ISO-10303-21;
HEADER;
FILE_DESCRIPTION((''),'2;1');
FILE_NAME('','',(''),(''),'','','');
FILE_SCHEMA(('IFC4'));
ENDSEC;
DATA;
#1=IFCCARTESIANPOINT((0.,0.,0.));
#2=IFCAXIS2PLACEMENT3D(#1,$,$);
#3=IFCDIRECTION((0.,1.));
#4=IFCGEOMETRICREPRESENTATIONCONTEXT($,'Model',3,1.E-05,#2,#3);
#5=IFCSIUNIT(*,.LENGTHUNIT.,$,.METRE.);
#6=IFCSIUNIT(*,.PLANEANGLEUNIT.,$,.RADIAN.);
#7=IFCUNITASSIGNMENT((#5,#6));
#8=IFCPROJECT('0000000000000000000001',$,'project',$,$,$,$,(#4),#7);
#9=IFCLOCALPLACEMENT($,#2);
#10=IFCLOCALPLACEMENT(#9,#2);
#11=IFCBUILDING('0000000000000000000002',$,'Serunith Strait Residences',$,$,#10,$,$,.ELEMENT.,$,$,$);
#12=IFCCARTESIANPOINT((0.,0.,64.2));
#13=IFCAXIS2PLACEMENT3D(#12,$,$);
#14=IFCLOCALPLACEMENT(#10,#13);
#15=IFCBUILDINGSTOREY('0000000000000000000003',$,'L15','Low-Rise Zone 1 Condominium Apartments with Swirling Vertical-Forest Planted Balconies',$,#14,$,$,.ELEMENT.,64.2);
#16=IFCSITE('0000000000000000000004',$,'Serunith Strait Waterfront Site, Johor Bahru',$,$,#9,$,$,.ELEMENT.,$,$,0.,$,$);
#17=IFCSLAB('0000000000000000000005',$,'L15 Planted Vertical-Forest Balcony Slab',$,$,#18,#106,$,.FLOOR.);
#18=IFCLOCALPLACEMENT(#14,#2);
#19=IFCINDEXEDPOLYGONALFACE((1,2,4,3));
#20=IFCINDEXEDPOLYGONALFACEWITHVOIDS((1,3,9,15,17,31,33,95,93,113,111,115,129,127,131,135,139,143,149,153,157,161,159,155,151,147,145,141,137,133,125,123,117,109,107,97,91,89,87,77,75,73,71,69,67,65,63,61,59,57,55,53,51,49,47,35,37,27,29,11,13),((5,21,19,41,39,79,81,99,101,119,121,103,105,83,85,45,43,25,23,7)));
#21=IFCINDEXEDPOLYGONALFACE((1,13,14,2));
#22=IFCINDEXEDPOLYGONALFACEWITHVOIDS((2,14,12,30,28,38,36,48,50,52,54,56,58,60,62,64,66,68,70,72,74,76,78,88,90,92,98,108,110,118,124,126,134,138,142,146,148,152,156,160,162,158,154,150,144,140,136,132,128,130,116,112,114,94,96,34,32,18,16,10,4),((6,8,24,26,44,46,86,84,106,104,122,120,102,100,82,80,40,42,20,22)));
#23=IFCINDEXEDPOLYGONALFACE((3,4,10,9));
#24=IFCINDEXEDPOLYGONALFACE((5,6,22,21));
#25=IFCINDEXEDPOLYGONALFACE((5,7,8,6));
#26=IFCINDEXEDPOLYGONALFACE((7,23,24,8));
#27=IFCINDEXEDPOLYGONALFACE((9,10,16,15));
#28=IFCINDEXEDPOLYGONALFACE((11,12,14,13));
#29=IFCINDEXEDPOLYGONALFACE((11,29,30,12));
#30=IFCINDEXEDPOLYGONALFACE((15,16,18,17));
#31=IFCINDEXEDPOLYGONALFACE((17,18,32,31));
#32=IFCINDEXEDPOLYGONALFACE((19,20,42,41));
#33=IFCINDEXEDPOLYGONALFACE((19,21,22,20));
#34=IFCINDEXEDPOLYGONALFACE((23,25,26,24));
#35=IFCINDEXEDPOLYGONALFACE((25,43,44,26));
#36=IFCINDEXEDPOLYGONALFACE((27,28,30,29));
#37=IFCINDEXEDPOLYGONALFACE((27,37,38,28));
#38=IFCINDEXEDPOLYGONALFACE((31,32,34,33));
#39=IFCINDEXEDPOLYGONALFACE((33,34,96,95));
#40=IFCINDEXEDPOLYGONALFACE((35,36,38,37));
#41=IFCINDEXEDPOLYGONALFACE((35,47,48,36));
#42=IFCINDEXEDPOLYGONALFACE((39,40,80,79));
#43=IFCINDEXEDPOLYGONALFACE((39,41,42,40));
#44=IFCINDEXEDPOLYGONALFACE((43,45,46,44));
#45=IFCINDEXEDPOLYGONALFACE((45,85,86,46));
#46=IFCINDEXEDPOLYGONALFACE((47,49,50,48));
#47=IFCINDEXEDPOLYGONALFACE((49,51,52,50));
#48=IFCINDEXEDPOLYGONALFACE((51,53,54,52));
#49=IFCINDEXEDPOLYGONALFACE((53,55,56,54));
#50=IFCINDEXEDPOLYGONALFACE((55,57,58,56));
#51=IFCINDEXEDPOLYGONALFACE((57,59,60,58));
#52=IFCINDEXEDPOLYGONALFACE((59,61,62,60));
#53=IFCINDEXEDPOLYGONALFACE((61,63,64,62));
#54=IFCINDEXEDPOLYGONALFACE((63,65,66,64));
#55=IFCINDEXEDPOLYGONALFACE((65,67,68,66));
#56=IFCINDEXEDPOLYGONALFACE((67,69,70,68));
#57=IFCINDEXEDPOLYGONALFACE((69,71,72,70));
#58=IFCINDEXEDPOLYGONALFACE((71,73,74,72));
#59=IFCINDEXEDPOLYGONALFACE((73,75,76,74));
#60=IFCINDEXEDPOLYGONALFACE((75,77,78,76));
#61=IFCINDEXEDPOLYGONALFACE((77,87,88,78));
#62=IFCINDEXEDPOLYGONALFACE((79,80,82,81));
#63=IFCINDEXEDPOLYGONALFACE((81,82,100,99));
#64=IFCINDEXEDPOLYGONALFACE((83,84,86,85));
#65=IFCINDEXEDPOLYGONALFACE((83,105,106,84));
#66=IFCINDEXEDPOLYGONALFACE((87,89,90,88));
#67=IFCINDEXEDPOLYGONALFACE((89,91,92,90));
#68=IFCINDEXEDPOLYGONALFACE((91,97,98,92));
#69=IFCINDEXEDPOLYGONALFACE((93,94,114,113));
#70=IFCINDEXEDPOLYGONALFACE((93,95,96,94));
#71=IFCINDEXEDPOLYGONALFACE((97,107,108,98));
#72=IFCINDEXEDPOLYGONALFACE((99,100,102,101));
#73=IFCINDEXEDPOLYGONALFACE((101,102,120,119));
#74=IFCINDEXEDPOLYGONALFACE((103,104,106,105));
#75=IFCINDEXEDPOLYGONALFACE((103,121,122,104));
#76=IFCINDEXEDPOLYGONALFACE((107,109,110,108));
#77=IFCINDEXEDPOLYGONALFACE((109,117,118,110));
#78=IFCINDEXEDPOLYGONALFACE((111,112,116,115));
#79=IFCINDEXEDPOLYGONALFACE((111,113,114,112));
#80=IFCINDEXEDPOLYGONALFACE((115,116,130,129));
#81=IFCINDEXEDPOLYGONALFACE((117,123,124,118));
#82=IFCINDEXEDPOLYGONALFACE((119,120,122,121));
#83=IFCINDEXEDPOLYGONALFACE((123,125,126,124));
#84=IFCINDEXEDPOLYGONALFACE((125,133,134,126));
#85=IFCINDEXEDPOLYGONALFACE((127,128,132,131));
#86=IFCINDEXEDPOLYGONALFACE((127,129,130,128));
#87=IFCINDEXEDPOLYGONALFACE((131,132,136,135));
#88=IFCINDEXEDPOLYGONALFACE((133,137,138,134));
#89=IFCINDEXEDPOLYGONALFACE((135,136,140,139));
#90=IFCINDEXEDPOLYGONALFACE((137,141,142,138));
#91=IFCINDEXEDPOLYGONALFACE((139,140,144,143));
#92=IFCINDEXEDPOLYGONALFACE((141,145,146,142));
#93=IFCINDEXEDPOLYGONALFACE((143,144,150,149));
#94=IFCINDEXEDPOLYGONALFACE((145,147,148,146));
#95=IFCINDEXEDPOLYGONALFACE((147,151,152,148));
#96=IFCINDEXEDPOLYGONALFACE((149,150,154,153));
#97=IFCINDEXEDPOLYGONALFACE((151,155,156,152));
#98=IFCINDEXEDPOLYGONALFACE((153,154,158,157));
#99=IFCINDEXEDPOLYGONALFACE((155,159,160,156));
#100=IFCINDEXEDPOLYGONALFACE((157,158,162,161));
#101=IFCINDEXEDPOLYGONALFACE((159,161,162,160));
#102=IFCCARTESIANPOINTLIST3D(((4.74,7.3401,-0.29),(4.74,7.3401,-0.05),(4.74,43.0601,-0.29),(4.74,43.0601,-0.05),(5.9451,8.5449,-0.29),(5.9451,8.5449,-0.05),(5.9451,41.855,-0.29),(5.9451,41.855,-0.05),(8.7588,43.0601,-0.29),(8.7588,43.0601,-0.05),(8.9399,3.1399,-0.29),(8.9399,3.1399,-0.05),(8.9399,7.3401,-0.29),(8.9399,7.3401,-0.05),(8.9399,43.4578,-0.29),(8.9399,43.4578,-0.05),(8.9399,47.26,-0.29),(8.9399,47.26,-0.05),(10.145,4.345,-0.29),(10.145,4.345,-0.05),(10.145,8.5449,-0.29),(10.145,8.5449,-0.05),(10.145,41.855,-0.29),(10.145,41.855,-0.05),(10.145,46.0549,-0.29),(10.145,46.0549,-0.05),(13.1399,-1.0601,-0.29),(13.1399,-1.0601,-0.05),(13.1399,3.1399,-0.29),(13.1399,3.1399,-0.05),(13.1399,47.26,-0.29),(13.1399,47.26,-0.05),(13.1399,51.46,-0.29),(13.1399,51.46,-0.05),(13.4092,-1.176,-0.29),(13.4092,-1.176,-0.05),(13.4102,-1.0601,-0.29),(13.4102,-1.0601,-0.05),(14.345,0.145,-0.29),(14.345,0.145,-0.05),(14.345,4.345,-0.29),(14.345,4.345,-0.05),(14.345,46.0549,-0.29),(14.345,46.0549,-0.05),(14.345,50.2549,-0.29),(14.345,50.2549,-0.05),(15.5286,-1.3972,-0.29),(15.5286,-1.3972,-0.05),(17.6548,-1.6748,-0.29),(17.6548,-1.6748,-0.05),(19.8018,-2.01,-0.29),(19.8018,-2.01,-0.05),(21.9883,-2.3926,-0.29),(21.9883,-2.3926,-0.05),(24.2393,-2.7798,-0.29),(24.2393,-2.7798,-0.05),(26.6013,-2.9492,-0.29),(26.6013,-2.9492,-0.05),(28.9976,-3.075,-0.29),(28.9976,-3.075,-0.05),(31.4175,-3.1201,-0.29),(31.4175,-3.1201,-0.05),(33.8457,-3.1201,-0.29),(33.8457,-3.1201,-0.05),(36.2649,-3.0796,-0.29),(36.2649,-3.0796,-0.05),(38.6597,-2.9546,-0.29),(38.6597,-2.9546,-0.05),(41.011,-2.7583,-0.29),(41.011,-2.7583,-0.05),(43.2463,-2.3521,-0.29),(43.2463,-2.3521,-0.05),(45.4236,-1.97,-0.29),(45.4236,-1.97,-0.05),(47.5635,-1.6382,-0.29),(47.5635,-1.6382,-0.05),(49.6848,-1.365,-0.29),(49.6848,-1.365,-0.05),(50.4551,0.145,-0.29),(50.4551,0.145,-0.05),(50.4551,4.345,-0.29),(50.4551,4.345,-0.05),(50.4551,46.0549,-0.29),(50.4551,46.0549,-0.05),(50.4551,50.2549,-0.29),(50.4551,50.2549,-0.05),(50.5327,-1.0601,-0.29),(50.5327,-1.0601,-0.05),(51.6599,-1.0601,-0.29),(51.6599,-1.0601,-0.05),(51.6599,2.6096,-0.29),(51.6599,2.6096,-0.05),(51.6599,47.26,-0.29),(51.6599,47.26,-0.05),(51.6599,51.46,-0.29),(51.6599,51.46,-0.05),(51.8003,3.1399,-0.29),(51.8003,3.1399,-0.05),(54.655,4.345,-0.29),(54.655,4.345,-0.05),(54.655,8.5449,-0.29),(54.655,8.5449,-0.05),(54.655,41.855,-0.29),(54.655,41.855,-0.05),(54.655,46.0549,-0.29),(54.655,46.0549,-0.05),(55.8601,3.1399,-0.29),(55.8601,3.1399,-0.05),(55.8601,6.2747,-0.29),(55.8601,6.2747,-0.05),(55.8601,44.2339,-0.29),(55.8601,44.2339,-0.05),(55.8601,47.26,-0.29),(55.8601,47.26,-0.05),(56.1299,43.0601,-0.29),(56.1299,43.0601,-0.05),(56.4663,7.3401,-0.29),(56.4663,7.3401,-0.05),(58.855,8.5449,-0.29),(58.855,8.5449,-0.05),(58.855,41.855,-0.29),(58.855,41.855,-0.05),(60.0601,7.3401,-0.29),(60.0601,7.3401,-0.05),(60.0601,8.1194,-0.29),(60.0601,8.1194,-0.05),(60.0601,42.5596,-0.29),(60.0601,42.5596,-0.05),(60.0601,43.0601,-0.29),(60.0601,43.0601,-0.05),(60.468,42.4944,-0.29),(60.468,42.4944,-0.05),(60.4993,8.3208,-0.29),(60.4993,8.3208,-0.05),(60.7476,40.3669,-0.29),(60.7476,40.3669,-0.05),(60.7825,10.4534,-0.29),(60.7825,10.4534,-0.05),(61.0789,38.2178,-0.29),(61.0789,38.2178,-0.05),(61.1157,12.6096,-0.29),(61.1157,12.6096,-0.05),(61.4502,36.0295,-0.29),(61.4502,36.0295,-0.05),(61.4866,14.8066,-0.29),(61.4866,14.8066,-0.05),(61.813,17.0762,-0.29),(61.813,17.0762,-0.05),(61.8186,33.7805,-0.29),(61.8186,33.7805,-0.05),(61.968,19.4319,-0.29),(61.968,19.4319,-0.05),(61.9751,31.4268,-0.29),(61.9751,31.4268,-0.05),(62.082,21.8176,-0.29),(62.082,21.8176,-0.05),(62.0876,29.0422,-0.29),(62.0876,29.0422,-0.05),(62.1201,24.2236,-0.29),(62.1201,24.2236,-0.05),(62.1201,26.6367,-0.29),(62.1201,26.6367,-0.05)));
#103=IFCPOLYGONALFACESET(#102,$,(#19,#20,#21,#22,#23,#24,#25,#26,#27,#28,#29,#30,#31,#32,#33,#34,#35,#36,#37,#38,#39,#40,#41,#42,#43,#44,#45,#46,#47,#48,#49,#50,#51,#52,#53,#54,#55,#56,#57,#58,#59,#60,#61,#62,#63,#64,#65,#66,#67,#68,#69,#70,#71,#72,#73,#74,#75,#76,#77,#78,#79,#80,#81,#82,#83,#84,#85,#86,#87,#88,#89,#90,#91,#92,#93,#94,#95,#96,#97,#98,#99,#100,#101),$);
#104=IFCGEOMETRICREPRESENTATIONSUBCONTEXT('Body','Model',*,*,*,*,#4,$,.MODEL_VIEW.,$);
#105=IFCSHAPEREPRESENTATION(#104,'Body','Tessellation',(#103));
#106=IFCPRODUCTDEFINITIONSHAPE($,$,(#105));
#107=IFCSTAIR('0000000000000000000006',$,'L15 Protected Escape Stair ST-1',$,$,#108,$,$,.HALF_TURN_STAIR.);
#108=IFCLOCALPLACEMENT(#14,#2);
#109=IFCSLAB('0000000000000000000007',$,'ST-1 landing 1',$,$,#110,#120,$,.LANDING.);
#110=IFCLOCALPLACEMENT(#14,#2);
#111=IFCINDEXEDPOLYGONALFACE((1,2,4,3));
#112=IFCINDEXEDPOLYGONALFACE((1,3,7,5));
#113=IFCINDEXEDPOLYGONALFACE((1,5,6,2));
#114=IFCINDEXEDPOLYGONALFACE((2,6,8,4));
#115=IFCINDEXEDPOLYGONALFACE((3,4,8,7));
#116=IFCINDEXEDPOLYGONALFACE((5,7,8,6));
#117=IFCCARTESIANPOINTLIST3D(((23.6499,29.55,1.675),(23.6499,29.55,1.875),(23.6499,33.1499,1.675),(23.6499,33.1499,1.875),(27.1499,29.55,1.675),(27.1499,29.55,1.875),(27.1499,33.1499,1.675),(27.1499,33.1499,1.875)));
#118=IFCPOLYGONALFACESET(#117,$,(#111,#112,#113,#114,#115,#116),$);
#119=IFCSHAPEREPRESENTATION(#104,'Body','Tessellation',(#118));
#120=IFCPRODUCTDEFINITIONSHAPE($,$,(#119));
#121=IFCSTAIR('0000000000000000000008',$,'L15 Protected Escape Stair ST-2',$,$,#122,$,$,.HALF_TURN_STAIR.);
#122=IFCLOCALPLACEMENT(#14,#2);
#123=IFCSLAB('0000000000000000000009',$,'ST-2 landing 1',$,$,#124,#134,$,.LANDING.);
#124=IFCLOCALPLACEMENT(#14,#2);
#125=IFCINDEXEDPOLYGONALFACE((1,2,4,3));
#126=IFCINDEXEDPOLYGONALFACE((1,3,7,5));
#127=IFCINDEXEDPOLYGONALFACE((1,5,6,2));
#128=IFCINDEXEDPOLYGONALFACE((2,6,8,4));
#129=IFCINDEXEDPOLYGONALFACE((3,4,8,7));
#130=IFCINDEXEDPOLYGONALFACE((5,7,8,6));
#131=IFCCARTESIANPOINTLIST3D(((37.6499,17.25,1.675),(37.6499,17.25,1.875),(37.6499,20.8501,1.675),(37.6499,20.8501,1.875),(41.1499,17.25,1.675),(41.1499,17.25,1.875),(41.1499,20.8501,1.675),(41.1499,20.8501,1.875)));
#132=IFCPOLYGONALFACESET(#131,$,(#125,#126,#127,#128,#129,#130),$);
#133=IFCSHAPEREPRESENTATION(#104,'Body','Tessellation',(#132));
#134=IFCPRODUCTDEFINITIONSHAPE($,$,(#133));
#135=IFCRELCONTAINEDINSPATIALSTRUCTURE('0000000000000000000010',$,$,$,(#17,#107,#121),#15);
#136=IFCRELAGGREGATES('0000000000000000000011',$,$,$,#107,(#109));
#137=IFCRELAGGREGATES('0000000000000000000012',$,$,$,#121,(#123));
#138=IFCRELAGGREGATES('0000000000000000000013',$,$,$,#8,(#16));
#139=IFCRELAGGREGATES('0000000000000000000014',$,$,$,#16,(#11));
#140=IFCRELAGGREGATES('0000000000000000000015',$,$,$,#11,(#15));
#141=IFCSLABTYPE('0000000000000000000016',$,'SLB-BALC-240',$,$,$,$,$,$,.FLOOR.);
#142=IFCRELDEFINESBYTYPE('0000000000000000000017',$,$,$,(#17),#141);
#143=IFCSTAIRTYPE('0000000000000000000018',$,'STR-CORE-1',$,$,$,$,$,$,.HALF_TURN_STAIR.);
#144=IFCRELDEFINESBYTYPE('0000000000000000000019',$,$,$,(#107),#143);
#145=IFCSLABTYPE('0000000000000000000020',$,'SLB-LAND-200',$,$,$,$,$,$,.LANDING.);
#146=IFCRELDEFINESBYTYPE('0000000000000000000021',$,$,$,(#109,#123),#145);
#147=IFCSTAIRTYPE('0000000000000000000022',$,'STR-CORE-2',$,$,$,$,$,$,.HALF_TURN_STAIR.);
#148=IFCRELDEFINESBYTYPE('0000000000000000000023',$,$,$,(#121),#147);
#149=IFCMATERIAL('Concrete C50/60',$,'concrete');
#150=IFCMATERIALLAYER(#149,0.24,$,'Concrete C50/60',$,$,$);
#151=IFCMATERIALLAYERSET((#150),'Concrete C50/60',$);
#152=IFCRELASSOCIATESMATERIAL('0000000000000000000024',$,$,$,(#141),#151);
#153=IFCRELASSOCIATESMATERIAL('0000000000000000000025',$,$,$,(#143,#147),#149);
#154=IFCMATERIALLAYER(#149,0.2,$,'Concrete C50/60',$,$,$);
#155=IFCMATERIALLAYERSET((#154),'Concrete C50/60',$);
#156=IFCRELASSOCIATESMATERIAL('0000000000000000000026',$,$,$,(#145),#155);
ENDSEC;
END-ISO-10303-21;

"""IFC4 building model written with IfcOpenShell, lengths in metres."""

from ifc_helpers import new_model, si_unit, direction, frame, origin, place, context, subcontext, project, spatial, polyline, outline, extrude, material, layer, layer_set, type_object, element, aggregate, save


model = new_model("IFC4")

# Units and contexts
model_context = context("Model", 3, precision=1e-05, world=origin(), true_north=direction((0.0, 1.0)))
body_context = subcontext(model_context, "Body", "Model", "MODEL_VIEW")
ifc_project = project(units=[si_unit("LENGTHUNIT", "METRE"), si_unit("PLANEANGLEUNIT", "RADIAN")], contexts=[model_context])

# Site, building, storey
site_placement = place(None, origin())
site = spatial("IfcSite", under=ifc_project, at=site_placement, Name="Serunith Strait Waterfront Site, Johor Bahru", CompositionType="ELEMENT", RefElevation=0.0)
building_placement = place(site_placement, origin())
building = spatial("IfcBuilding", under=site, at=building_placement, Name="Serunith Strait Residences", CompositionType="ELEMENT")
storey_placement = place(building_placement, frame((0.0, 0.0, 64.2)))
storey = spatial("IfcBuildingStorey", under=building, at=storey_placement, Name="L15", Description="Low-Rise Zone 1 Condominium Apartments with Swirling Vertical-Forest Planted Balconies", CompositionType="ELEMENT", Elevation=64.2)

# Slab
ifc_material_1 = material(Name="Concrete C50/60", Category="concrete")
ifc_layer_1 = layer(ifc_material_1, 0.24, Name="Concrete C50/60")
ifc_layer_set_1 = layer_set([ifc_layer_1], Name="Concrete C50/60")
slab_type_1 = type_object("IfcSlabType", Name="SLB-BALC-240", PredefinedType="FLOOR", material=ifc_layer_set_1)
slab_1_placement = place(storey_placement, frame((0.0, 0.0, -0.29)))
element("IfcSlab", 1, at=slab_1_placement, inside=storey, type_object=slab_type_1, Name="L15 Planted Vertical-Forest Balcony Slab", PredefinedType="FLOOR", context=body_context, shape_type="SweptSolid", body=[
    extrude(outline(polyline([(13.1399, 3.1399), (8.9399, 3.1399), (8.9399, 7.3401), (4.74, 7.3401), (4.74, 43.0601), (8.7588, 43.0601), (8.9399, 43.4578), (8.9399, 47.26), (13.1399, 47.26), (13.1399, 51.46), (51.6599, 51.46), (51.6599, 47.26), (55.8601, 47.26), (55.8601, 44.2339), (56.1299, 43.0601), (60.0601, 43.0601), (60.0601, 42.5596), (60.468, 42.4944), (60.7476, 40.3669), (61.0789, 38.2178), (61.4502, 36.0295), (61.8186, 33.7805), (61.9751, 31.4268), (62.0876, 29.0422), (62.1201, 26.6367), (62.1201, 24.2236), (62.082, 21.8176), (61.968, 19.4319), (61.813, 17.0762), (61.4866, 14.8066), (61.1157, 12.6096), (60.7825, 10.4534), (60.4993, 8.3208), (60.0601, 8.1194), (60.0601, 7.3401), (56.4663, 7.3401), (55.8601, 6.2747), (55.8601, 3.1399), (51.8003, 3.1399), (51.6599, 2.6096), (51.6599, -1.0601), (50.5327, -1.0601), (49.6848, -1.365), (47.5635, -1.6382), (45.4236, -1.97), (43.2463, -2.3521), (41.011, -2.7583), (38.6597, -2.9546), (36.2649, -3.0796), (33.8457, -3.1201), (31.4175, -3.1201), (28.9976, -3.075), (26.6013, -2.9492), (24.2393, -2.7798), (21.9883, -2.3926), (19.8018, -2.01), (17.6548, -1.6748), (15.5286, -1.3972), (13.4092, -1.176), (13.4102, -1.0601), (13.1399, -1.0601), (13.1399, 3.1399)]), holes=[polyline([(50.4551, 0.145), (50.4551, 4.345), (54.655, 4.345), (54.655, 8.5449), (58.855, 8.5449), (58.855, 41.855), (54.655, 41.855), (54.655, 46.0549), (50.4551, 46.0549), (50.4551, 50.2549), (14.345, 50.2549), (14.345, 46.0549), (10.145, 46.0549), (10.145, 41.855), (5.9451, 41.855), (5.9451, 8.5449), (10.145, 8.5449), (10.145, 4.345), (14.345, 4.345), (14.345, 0.145), (50.4551, 0.145)])]), origin(), (0.0, 0.0, 1.0), 0.24),
])

# Stairs, slabs
stair_type_1 = type_object("IfcStairType", Name="STR-CORE-1", PredefinedType="HALF_TURN_STAIR", material=ifc_material_1)
stair_1_placement = place(storey_placement, origin())
stair_1 = element("IfcStair", 2, at=stair_1_placement, inside=storey, type_object=stair_type_1, Name="L15 Protected Escape Stair ST-1", PredefinedType="HALF_TURN_STAIR")
ifc_layer_2 = layer(ifc_material_1, 0.2, Name="Concrete C50/60")
ifc_layer_set_2 = layer_set([ifc_layer_2], Name="Concrete C50/60")
slab_type_2 = type_object("IfcSlabType", Name="SLB-LAND-200", PredefinedType="LANDING", material=ifc_layer_set_2)
slab_2_placement = place(storey_placement, frame((0.0, 0.0, 1.675)))
slab_2 = element("IfcSlab", 3, at=slab_2_placement, type_object=slab_type_2, Name="ST-1 landing 1", PredefinedType="LANDING", context=body_context, shape_type="SweptSolid", body=[
    extrude(outline(polyline([(27.1499, 29.55), (27.1499, 33.1499), (23.6499, 33.1499), (23.6499, 29.55), (27.1499, 29.55)])), origin(), (0.0, 0.0, 1.0), 0.2),
])
aggregate(stair_1, [slab_2])
stair_type_2 = type_object("IfcStairType", Name="STR-CORE-2", PredefinedType="HALF_TURN_STAIR", material=ifc_material_1)
stair_2_placement = place(storey_placement, origin())
stair_2 = element("IfcStair", 4, at=stair_2_placement, inside=storey, type_object=stair_type_2, Name="L15 Protected Escape Stair ST-2", PredefinedType="HALF_TURN_STAIR")
slab_3_placement = place(storey_placement, frame((0.0, 0.0, 1.675)))
slab_3 = element("IfcSlab", 5, at=slab_3_placement, type_object=slab_type_2, Name="ST-2 landing 1", PredefinedType="LANDING", context=body_context, shape_type="SweptSolid", body=[
    extrude(outline(polyline([(37.6499, 20.8501), (37.6499, 17.25), (41.1499, 17.25), (41.1499, 20.8501), (37.6499, 20.8501)])), origin(), (0.0, 0.0, 1.0), 0.2),
])
aggregate(stair_2, [slab_3])

save(model, "model.ifc")
